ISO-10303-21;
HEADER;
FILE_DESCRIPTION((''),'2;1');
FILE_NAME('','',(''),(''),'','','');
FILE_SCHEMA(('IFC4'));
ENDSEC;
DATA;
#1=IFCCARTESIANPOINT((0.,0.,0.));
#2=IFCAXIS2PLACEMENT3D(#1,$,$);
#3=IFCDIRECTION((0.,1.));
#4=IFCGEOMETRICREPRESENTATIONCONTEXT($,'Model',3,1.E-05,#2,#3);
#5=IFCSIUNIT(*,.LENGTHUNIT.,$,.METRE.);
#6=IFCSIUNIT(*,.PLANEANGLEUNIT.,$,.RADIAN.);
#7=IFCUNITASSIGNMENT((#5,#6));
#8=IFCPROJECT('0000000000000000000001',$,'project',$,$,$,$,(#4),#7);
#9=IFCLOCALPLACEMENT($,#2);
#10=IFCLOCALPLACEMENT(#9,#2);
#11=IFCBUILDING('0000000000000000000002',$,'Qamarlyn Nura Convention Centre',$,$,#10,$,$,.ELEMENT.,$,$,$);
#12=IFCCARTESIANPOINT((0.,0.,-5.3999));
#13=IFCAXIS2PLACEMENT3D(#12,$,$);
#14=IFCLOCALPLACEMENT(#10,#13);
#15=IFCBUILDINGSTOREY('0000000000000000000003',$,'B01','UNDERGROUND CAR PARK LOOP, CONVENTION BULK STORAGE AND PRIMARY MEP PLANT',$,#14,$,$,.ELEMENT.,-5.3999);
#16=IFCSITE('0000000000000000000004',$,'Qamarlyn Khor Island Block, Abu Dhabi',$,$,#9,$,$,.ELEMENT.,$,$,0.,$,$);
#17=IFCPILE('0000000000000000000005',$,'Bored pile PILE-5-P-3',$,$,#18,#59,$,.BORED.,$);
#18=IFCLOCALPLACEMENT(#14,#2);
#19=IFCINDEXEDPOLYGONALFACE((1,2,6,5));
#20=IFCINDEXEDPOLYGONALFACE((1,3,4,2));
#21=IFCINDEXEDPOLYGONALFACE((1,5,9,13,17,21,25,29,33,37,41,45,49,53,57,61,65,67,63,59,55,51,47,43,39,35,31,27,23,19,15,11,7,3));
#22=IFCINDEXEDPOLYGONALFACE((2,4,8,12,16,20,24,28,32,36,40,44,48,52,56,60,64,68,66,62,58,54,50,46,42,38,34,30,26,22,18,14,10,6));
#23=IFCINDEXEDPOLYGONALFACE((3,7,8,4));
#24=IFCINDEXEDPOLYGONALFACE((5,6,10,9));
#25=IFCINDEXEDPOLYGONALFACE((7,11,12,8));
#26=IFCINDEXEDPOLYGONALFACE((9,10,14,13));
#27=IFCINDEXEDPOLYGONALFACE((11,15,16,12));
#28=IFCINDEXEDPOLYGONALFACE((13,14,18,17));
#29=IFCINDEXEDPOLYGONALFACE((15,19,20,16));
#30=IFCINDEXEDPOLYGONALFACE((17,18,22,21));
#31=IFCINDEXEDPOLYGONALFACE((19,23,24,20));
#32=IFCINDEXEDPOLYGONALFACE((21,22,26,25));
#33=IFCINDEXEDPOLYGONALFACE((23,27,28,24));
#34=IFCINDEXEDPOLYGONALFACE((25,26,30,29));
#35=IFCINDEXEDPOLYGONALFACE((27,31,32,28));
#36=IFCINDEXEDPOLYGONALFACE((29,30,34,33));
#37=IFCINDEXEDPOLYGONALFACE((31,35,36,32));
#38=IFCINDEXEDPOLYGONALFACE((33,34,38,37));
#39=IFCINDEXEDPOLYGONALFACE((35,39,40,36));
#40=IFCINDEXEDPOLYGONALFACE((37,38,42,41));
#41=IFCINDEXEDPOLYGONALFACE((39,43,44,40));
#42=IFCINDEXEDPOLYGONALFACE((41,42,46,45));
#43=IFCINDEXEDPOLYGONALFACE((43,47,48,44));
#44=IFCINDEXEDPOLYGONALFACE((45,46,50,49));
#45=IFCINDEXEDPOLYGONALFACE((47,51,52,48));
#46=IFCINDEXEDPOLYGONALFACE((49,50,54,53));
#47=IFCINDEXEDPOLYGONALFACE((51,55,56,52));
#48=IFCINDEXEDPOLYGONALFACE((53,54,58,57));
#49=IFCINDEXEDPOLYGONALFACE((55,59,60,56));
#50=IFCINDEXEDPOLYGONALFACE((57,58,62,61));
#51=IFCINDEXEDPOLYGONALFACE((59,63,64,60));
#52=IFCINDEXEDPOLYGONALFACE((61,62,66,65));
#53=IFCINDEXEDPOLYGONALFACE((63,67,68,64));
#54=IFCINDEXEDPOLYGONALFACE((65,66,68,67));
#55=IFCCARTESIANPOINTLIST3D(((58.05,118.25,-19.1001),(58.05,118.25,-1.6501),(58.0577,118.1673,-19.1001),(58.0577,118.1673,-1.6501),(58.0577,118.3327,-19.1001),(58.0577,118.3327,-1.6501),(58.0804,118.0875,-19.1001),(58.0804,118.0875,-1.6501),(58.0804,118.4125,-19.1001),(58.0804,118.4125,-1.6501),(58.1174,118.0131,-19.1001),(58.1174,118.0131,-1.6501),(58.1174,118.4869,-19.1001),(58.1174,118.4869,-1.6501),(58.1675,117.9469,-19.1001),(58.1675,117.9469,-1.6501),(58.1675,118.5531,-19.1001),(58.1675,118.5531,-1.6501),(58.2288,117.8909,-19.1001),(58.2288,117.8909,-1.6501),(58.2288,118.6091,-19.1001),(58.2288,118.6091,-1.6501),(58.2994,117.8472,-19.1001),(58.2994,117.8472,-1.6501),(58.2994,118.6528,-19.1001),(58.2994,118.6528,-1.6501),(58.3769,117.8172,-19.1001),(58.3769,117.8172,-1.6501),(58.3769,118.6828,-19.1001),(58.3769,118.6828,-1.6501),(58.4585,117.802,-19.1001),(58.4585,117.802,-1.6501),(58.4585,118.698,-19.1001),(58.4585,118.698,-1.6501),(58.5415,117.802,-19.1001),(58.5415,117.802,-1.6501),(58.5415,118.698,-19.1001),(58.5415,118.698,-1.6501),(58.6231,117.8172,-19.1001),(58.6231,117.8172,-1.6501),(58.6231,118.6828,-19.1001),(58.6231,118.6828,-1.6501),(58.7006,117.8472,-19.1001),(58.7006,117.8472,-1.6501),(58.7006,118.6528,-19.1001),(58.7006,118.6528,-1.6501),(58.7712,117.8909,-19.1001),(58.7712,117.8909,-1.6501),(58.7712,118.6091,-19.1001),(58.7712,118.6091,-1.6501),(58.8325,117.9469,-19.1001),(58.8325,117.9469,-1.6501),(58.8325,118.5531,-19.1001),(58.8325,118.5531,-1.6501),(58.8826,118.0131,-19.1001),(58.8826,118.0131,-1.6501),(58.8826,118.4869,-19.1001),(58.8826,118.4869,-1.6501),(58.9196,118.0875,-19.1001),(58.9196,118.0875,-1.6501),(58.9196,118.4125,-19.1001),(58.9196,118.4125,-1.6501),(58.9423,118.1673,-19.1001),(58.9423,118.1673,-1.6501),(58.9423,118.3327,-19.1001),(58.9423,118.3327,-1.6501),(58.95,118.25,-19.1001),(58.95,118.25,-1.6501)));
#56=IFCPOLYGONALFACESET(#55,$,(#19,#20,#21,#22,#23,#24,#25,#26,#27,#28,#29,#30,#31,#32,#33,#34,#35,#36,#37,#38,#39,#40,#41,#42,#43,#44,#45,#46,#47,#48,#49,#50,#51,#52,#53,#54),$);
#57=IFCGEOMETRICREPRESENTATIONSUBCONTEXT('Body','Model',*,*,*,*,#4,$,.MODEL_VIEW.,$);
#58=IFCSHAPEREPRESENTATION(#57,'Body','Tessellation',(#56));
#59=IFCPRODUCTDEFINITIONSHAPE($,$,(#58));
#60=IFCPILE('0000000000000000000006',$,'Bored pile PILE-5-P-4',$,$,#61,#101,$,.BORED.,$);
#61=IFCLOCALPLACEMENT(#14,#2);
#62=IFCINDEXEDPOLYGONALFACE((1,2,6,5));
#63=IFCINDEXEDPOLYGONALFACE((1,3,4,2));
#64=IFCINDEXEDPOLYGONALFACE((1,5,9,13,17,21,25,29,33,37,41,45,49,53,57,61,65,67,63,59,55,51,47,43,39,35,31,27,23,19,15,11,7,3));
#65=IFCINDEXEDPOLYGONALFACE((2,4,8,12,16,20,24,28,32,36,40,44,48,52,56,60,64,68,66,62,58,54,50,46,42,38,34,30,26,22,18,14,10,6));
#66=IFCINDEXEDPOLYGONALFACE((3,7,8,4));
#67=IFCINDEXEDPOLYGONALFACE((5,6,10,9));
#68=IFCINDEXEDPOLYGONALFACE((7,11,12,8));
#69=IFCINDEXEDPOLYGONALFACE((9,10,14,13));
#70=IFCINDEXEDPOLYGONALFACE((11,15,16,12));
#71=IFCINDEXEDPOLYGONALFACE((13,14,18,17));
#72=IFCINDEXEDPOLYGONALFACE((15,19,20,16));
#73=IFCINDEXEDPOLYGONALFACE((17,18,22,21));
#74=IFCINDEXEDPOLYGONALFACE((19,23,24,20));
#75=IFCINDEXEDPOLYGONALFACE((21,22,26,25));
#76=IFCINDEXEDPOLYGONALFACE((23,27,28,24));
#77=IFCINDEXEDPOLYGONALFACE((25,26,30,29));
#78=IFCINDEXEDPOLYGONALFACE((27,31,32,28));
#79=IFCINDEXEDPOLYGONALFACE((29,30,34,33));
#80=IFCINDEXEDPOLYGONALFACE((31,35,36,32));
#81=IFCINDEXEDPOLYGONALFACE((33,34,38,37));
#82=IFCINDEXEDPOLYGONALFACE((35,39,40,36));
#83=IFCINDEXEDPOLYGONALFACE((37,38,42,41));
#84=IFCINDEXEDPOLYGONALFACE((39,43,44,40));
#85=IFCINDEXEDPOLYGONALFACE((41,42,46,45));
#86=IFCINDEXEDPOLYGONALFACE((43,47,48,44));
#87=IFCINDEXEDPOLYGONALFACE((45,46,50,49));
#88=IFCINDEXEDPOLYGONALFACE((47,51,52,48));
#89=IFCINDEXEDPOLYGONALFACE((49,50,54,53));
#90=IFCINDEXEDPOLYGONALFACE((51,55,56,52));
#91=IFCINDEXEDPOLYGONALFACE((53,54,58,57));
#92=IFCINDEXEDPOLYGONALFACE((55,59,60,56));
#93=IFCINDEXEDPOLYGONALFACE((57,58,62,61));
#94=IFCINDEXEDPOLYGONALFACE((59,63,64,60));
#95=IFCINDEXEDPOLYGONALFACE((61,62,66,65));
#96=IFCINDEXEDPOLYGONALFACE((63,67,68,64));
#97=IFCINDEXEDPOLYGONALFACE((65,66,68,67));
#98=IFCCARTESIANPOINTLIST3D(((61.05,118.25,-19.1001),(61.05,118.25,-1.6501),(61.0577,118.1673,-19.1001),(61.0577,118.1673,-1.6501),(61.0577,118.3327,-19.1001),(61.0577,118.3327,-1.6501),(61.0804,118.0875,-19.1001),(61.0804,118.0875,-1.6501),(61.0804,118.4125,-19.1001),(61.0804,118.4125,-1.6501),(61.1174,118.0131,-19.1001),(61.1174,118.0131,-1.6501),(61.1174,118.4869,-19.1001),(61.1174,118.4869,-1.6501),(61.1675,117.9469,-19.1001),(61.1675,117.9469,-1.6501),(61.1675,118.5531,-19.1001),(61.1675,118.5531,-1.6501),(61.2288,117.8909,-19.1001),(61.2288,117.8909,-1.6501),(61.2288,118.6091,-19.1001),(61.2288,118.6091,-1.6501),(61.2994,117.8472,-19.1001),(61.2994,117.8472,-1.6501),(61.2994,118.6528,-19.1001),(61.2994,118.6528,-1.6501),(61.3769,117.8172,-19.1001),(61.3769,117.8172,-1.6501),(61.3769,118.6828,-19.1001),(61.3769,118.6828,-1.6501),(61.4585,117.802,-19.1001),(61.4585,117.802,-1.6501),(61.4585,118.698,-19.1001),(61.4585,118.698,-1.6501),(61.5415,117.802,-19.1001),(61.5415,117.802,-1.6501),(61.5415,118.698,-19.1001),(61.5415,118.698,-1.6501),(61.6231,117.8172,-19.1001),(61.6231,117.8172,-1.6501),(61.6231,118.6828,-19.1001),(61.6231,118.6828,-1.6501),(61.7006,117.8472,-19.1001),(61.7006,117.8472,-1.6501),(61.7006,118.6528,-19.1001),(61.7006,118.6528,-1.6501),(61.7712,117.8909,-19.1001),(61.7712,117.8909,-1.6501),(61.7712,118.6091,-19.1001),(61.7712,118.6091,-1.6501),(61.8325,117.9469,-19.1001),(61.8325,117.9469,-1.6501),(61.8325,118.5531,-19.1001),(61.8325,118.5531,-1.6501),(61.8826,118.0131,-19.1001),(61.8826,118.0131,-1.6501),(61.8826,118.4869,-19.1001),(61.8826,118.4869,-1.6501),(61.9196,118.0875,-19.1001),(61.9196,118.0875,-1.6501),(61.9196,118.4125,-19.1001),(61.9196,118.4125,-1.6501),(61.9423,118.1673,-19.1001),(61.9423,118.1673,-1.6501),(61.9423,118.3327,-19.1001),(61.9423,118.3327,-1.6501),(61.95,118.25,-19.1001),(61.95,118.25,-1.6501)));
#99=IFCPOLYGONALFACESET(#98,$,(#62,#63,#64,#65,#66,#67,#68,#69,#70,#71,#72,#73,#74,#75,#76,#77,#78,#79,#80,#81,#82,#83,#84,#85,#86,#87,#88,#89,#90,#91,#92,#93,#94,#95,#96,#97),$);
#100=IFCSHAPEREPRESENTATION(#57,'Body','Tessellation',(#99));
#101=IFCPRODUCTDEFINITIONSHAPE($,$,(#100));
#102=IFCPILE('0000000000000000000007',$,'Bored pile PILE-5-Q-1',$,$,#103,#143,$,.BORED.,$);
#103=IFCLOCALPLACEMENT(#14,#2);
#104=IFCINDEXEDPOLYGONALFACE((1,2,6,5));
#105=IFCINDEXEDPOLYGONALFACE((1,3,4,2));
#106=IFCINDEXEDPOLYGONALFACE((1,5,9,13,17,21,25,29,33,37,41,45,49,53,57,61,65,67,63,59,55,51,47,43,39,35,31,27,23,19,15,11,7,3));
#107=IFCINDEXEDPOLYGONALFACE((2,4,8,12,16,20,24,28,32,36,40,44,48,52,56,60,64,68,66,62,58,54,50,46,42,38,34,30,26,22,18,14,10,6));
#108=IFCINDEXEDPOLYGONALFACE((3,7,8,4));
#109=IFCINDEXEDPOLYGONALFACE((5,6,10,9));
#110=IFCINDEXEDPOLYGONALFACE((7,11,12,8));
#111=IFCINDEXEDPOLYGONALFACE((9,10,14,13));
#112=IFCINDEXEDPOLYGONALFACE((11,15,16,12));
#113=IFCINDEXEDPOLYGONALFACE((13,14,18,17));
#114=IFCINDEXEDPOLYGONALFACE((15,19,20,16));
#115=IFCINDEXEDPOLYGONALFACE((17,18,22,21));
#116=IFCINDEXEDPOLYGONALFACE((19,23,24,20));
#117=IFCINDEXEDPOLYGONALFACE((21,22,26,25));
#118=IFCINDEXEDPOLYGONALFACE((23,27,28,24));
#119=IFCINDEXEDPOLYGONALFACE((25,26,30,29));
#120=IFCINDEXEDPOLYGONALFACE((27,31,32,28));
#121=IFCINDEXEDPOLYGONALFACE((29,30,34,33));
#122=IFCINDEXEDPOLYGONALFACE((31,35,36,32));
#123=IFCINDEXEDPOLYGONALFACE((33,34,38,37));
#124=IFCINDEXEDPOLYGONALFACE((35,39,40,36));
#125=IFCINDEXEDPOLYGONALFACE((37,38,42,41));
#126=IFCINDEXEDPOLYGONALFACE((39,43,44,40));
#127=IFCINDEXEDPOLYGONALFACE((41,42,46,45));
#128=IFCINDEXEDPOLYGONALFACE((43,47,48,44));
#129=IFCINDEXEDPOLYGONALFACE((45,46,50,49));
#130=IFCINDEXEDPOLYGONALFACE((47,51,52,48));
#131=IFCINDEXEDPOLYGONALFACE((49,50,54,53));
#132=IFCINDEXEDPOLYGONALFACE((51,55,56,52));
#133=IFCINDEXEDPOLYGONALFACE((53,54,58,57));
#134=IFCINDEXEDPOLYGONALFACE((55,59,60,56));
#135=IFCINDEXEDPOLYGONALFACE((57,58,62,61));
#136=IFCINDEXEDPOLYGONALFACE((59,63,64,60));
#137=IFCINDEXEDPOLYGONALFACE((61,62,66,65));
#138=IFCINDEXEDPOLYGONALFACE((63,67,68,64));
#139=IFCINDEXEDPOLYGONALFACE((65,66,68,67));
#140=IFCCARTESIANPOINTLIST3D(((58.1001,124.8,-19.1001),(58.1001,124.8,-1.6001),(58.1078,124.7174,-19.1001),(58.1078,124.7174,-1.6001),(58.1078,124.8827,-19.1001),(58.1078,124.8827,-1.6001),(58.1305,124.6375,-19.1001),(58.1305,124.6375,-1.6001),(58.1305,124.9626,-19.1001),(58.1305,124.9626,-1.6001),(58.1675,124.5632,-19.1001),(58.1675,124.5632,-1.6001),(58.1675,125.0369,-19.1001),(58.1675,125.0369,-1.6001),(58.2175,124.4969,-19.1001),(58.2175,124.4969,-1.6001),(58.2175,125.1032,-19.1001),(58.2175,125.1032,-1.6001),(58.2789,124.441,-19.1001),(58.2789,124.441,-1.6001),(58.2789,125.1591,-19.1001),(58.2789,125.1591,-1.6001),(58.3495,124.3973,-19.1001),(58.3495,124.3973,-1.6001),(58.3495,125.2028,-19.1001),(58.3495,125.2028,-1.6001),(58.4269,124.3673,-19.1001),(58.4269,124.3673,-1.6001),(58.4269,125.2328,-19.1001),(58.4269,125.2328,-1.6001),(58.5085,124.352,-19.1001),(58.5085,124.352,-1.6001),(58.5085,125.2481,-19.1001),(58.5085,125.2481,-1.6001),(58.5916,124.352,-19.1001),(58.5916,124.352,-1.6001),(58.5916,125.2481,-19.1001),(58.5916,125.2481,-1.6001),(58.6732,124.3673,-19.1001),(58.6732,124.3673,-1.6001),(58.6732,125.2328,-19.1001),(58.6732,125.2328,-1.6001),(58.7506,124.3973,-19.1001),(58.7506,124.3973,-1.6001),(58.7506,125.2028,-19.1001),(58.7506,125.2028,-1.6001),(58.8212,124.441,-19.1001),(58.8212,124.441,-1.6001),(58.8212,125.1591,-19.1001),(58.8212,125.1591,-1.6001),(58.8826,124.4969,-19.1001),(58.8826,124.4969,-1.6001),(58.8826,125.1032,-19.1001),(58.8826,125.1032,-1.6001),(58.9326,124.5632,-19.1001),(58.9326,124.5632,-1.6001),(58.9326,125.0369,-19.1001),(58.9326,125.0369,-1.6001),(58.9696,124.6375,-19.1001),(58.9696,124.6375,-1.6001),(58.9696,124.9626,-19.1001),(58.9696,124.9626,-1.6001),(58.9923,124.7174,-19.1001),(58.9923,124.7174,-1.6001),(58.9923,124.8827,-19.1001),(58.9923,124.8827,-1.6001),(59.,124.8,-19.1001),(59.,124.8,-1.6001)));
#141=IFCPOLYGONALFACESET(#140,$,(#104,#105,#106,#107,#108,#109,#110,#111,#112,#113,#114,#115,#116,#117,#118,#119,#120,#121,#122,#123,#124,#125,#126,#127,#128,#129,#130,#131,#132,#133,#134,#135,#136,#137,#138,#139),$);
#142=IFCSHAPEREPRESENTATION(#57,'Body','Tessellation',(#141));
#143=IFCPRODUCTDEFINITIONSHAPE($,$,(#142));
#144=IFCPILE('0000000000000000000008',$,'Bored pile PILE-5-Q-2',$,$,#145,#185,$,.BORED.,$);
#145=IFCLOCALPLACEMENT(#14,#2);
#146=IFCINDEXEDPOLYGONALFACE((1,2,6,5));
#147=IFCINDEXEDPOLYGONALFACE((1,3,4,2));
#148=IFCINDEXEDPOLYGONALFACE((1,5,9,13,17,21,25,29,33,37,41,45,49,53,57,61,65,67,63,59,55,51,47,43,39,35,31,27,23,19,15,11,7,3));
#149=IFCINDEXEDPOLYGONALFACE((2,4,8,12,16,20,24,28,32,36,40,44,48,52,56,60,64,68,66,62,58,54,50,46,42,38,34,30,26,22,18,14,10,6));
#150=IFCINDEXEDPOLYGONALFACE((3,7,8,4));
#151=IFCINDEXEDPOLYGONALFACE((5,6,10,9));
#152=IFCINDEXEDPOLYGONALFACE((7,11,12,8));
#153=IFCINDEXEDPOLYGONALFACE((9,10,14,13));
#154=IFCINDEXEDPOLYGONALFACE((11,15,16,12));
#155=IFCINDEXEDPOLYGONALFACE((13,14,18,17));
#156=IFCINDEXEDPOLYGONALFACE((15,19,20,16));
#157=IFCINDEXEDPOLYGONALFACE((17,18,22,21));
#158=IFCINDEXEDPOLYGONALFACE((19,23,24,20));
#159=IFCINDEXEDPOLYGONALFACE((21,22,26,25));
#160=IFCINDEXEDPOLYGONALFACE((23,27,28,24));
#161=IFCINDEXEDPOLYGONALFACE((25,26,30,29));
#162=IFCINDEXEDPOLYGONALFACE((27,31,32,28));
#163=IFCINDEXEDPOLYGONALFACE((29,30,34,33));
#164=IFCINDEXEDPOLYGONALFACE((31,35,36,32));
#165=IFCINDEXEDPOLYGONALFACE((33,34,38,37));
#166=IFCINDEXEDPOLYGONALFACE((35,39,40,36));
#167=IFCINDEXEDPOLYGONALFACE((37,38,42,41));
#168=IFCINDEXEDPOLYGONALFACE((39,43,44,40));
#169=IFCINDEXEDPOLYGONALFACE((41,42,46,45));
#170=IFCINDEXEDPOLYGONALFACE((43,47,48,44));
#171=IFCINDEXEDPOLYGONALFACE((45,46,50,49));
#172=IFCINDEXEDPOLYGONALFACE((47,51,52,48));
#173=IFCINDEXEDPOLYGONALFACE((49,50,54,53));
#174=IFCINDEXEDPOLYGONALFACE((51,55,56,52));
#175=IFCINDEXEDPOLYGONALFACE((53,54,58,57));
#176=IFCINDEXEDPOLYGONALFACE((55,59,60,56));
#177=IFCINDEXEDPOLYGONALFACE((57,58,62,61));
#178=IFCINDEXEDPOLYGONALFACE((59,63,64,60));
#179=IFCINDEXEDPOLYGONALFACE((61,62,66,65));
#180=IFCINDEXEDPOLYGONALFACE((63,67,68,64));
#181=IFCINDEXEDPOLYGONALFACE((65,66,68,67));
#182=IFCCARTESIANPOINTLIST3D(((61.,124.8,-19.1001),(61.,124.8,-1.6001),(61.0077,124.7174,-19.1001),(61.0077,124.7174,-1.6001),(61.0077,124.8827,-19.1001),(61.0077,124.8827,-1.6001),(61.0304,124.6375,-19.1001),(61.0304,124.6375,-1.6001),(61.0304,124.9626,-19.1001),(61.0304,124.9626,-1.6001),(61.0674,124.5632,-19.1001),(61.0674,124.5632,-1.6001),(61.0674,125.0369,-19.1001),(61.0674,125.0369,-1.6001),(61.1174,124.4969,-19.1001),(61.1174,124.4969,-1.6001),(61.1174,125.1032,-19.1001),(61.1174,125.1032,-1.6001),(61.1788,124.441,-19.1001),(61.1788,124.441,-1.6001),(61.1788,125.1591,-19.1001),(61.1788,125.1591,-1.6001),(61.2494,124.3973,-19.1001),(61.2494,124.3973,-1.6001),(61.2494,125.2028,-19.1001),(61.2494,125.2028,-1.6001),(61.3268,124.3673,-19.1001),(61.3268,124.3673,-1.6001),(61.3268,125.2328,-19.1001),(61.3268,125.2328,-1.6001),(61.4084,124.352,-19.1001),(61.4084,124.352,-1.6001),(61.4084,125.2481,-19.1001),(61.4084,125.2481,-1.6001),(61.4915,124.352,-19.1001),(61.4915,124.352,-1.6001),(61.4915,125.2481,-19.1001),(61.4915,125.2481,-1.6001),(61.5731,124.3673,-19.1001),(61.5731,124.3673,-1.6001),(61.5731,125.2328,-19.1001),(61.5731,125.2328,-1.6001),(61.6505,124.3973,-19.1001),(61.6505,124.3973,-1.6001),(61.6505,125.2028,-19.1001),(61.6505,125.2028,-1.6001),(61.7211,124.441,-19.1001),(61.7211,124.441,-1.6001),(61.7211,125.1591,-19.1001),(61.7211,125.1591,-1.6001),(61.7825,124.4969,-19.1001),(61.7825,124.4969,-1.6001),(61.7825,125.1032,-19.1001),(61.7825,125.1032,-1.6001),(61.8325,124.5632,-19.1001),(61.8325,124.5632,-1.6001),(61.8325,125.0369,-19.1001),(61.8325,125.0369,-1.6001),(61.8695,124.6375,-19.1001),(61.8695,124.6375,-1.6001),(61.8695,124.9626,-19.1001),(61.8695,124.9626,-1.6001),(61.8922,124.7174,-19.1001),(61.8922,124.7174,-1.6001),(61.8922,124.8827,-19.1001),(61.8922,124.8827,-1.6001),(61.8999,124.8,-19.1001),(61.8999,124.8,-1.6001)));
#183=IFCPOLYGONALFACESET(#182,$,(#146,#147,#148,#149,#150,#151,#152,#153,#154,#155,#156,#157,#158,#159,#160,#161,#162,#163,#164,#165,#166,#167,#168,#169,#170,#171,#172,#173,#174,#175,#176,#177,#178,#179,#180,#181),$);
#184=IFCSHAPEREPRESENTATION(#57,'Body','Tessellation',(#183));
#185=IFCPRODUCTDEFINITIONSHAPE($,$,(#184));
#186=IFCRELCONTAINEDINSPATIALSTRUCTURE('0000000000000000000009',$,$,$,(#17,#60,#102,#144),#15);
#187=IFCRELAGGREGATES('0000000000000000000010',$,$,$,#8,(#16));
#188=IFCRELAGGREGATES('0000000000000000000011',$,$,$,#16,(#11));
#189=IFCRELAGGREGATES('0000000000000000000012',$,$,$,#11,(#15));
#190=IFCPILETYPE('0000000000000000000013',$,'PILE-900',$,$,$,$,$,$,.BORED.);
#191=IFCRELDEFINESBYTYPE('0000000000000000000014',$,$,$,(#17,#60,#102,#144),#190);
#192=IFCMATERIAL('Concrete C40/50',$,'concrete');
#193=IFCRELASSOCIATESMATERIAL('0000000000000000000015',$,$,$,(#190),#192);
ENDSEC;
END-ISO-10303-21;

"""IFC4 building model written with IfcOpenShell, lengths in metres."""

from ifc_helpers import new_model, si_unit, direction, frame, origin, origin_2d, place, context, subcontext, project, spatial, circle, extrude, material, material_profile, profile_set, type_object, element, save


model = new_model("IFC4")

# Units and contexts
model_context = context("Model", 3, precision=1e-05, world=origin(), true_north=direction((0.0, 1.0)))
body_context = subcontext(model_context, "Body", "Model", "MODEL_VIEW")
ifc_project = project(units=[si_unit("LENGTHUNIT", "METRE"), si_unit("PLANEANGLEUNIT", "RADIAN")], contexts=[model_context])

# Site, building, storey
site_placement = place(None, origin())
site = spatial("IfcSite", under=ifc_project, at=site_placement, Name="Qamarlyn Khor Island Block, Abu Dhabi", CompositionType="ELEMENT", RefElevation=0.0)
building_placement = place(site_placement, origin())
building = spatial("IfcBuilding", under=site, at=building_placement, Name="Qamarlyn Nura Convention Centre", CompositionType="ELEMENT")
storey_placement = place(building_placement, frame((0.0, 0.0, -5.3999)))
storey = spatial("IfcBuildingStorey", under=building, at=storey_placement, Name="B01", Description="UNDERGROUND CAR PARK LOOP, CONVENTION BULK STORAGE AND PRIMARY MEP PLANT", CompositionType="ELEMENT", Elevation=-5.3999)

# Shared definitions
ifc_material_1 = material(Name="Concrete C40/50", Category="concrete")

# Piles
ifc_material_profile_1 = material_profile(ifc_material_1, circle(Radius=0.45, at=origin_2d()), Name="BORED PILE 900")
ifc_profile_set_1 = profile_set([ifc_material_profile_1], Name="Concrete C40/50")
pile_type = type_object("IfcPileType", Name="PILE-900", PredefinedType="BORED", material=ifc_profile_set_1)
for number, where, z_axis, x_axis, name in (
    (1, (58.5, 118.25, -1.6501), (0.0, 0.0, -1.0), (1.0, 0.0, 0.0), "Bored pile PILE-5-P-3"),
    (2, (61.5, 118.25, -1.6501), (0.0, 0.0, -1.0), (1.0, 0.0, 0.0), "Bored pile PILE-5-P-4"),
):
    element("IfcPile", number, at=place(storey_placement, frame(where, z_axis=z_axis, x_axis=x_axis)), inside=storey, type_object=pile_type, Name=name, PredefinedType="BORED", context=body_context, shape_type="SweptSolid", body=[
        extrude(circle(Radius=0.45, at=origin_2d()), origin(), (0.0, 0.0, 1.0), 17.45),
    ])
for number, where, z_axis, x_axis, name in (
    (3, (58.55, 124.8, -1.6001), (0.0, 0.0, -1.0), (1.0, 0.0, 0.0), "Bored pile PILE-5-Q-1"),
    (4, (61.45, 124.8, -1.6001), (0.0, 0.0, -1.0), (1.0, 0.0, 0.0), "Bored pile PILE-5-Q-2"),
):
    element("IfcPile", number, at=place(storey_placement, frame(where, z_axis=z_axis, x_axis=x_axis)), inside=storey, type_object=pile_type, Name=name, PredefinedType="BORED", context=body_context, shape_type="SweptSolid", body=[
        extrude(circle(Radius=0.45, at=origin_2d()), origin(), (0.0, 0.0, 1.0), 17.5),
    ])

save(model, "model.ifc")
